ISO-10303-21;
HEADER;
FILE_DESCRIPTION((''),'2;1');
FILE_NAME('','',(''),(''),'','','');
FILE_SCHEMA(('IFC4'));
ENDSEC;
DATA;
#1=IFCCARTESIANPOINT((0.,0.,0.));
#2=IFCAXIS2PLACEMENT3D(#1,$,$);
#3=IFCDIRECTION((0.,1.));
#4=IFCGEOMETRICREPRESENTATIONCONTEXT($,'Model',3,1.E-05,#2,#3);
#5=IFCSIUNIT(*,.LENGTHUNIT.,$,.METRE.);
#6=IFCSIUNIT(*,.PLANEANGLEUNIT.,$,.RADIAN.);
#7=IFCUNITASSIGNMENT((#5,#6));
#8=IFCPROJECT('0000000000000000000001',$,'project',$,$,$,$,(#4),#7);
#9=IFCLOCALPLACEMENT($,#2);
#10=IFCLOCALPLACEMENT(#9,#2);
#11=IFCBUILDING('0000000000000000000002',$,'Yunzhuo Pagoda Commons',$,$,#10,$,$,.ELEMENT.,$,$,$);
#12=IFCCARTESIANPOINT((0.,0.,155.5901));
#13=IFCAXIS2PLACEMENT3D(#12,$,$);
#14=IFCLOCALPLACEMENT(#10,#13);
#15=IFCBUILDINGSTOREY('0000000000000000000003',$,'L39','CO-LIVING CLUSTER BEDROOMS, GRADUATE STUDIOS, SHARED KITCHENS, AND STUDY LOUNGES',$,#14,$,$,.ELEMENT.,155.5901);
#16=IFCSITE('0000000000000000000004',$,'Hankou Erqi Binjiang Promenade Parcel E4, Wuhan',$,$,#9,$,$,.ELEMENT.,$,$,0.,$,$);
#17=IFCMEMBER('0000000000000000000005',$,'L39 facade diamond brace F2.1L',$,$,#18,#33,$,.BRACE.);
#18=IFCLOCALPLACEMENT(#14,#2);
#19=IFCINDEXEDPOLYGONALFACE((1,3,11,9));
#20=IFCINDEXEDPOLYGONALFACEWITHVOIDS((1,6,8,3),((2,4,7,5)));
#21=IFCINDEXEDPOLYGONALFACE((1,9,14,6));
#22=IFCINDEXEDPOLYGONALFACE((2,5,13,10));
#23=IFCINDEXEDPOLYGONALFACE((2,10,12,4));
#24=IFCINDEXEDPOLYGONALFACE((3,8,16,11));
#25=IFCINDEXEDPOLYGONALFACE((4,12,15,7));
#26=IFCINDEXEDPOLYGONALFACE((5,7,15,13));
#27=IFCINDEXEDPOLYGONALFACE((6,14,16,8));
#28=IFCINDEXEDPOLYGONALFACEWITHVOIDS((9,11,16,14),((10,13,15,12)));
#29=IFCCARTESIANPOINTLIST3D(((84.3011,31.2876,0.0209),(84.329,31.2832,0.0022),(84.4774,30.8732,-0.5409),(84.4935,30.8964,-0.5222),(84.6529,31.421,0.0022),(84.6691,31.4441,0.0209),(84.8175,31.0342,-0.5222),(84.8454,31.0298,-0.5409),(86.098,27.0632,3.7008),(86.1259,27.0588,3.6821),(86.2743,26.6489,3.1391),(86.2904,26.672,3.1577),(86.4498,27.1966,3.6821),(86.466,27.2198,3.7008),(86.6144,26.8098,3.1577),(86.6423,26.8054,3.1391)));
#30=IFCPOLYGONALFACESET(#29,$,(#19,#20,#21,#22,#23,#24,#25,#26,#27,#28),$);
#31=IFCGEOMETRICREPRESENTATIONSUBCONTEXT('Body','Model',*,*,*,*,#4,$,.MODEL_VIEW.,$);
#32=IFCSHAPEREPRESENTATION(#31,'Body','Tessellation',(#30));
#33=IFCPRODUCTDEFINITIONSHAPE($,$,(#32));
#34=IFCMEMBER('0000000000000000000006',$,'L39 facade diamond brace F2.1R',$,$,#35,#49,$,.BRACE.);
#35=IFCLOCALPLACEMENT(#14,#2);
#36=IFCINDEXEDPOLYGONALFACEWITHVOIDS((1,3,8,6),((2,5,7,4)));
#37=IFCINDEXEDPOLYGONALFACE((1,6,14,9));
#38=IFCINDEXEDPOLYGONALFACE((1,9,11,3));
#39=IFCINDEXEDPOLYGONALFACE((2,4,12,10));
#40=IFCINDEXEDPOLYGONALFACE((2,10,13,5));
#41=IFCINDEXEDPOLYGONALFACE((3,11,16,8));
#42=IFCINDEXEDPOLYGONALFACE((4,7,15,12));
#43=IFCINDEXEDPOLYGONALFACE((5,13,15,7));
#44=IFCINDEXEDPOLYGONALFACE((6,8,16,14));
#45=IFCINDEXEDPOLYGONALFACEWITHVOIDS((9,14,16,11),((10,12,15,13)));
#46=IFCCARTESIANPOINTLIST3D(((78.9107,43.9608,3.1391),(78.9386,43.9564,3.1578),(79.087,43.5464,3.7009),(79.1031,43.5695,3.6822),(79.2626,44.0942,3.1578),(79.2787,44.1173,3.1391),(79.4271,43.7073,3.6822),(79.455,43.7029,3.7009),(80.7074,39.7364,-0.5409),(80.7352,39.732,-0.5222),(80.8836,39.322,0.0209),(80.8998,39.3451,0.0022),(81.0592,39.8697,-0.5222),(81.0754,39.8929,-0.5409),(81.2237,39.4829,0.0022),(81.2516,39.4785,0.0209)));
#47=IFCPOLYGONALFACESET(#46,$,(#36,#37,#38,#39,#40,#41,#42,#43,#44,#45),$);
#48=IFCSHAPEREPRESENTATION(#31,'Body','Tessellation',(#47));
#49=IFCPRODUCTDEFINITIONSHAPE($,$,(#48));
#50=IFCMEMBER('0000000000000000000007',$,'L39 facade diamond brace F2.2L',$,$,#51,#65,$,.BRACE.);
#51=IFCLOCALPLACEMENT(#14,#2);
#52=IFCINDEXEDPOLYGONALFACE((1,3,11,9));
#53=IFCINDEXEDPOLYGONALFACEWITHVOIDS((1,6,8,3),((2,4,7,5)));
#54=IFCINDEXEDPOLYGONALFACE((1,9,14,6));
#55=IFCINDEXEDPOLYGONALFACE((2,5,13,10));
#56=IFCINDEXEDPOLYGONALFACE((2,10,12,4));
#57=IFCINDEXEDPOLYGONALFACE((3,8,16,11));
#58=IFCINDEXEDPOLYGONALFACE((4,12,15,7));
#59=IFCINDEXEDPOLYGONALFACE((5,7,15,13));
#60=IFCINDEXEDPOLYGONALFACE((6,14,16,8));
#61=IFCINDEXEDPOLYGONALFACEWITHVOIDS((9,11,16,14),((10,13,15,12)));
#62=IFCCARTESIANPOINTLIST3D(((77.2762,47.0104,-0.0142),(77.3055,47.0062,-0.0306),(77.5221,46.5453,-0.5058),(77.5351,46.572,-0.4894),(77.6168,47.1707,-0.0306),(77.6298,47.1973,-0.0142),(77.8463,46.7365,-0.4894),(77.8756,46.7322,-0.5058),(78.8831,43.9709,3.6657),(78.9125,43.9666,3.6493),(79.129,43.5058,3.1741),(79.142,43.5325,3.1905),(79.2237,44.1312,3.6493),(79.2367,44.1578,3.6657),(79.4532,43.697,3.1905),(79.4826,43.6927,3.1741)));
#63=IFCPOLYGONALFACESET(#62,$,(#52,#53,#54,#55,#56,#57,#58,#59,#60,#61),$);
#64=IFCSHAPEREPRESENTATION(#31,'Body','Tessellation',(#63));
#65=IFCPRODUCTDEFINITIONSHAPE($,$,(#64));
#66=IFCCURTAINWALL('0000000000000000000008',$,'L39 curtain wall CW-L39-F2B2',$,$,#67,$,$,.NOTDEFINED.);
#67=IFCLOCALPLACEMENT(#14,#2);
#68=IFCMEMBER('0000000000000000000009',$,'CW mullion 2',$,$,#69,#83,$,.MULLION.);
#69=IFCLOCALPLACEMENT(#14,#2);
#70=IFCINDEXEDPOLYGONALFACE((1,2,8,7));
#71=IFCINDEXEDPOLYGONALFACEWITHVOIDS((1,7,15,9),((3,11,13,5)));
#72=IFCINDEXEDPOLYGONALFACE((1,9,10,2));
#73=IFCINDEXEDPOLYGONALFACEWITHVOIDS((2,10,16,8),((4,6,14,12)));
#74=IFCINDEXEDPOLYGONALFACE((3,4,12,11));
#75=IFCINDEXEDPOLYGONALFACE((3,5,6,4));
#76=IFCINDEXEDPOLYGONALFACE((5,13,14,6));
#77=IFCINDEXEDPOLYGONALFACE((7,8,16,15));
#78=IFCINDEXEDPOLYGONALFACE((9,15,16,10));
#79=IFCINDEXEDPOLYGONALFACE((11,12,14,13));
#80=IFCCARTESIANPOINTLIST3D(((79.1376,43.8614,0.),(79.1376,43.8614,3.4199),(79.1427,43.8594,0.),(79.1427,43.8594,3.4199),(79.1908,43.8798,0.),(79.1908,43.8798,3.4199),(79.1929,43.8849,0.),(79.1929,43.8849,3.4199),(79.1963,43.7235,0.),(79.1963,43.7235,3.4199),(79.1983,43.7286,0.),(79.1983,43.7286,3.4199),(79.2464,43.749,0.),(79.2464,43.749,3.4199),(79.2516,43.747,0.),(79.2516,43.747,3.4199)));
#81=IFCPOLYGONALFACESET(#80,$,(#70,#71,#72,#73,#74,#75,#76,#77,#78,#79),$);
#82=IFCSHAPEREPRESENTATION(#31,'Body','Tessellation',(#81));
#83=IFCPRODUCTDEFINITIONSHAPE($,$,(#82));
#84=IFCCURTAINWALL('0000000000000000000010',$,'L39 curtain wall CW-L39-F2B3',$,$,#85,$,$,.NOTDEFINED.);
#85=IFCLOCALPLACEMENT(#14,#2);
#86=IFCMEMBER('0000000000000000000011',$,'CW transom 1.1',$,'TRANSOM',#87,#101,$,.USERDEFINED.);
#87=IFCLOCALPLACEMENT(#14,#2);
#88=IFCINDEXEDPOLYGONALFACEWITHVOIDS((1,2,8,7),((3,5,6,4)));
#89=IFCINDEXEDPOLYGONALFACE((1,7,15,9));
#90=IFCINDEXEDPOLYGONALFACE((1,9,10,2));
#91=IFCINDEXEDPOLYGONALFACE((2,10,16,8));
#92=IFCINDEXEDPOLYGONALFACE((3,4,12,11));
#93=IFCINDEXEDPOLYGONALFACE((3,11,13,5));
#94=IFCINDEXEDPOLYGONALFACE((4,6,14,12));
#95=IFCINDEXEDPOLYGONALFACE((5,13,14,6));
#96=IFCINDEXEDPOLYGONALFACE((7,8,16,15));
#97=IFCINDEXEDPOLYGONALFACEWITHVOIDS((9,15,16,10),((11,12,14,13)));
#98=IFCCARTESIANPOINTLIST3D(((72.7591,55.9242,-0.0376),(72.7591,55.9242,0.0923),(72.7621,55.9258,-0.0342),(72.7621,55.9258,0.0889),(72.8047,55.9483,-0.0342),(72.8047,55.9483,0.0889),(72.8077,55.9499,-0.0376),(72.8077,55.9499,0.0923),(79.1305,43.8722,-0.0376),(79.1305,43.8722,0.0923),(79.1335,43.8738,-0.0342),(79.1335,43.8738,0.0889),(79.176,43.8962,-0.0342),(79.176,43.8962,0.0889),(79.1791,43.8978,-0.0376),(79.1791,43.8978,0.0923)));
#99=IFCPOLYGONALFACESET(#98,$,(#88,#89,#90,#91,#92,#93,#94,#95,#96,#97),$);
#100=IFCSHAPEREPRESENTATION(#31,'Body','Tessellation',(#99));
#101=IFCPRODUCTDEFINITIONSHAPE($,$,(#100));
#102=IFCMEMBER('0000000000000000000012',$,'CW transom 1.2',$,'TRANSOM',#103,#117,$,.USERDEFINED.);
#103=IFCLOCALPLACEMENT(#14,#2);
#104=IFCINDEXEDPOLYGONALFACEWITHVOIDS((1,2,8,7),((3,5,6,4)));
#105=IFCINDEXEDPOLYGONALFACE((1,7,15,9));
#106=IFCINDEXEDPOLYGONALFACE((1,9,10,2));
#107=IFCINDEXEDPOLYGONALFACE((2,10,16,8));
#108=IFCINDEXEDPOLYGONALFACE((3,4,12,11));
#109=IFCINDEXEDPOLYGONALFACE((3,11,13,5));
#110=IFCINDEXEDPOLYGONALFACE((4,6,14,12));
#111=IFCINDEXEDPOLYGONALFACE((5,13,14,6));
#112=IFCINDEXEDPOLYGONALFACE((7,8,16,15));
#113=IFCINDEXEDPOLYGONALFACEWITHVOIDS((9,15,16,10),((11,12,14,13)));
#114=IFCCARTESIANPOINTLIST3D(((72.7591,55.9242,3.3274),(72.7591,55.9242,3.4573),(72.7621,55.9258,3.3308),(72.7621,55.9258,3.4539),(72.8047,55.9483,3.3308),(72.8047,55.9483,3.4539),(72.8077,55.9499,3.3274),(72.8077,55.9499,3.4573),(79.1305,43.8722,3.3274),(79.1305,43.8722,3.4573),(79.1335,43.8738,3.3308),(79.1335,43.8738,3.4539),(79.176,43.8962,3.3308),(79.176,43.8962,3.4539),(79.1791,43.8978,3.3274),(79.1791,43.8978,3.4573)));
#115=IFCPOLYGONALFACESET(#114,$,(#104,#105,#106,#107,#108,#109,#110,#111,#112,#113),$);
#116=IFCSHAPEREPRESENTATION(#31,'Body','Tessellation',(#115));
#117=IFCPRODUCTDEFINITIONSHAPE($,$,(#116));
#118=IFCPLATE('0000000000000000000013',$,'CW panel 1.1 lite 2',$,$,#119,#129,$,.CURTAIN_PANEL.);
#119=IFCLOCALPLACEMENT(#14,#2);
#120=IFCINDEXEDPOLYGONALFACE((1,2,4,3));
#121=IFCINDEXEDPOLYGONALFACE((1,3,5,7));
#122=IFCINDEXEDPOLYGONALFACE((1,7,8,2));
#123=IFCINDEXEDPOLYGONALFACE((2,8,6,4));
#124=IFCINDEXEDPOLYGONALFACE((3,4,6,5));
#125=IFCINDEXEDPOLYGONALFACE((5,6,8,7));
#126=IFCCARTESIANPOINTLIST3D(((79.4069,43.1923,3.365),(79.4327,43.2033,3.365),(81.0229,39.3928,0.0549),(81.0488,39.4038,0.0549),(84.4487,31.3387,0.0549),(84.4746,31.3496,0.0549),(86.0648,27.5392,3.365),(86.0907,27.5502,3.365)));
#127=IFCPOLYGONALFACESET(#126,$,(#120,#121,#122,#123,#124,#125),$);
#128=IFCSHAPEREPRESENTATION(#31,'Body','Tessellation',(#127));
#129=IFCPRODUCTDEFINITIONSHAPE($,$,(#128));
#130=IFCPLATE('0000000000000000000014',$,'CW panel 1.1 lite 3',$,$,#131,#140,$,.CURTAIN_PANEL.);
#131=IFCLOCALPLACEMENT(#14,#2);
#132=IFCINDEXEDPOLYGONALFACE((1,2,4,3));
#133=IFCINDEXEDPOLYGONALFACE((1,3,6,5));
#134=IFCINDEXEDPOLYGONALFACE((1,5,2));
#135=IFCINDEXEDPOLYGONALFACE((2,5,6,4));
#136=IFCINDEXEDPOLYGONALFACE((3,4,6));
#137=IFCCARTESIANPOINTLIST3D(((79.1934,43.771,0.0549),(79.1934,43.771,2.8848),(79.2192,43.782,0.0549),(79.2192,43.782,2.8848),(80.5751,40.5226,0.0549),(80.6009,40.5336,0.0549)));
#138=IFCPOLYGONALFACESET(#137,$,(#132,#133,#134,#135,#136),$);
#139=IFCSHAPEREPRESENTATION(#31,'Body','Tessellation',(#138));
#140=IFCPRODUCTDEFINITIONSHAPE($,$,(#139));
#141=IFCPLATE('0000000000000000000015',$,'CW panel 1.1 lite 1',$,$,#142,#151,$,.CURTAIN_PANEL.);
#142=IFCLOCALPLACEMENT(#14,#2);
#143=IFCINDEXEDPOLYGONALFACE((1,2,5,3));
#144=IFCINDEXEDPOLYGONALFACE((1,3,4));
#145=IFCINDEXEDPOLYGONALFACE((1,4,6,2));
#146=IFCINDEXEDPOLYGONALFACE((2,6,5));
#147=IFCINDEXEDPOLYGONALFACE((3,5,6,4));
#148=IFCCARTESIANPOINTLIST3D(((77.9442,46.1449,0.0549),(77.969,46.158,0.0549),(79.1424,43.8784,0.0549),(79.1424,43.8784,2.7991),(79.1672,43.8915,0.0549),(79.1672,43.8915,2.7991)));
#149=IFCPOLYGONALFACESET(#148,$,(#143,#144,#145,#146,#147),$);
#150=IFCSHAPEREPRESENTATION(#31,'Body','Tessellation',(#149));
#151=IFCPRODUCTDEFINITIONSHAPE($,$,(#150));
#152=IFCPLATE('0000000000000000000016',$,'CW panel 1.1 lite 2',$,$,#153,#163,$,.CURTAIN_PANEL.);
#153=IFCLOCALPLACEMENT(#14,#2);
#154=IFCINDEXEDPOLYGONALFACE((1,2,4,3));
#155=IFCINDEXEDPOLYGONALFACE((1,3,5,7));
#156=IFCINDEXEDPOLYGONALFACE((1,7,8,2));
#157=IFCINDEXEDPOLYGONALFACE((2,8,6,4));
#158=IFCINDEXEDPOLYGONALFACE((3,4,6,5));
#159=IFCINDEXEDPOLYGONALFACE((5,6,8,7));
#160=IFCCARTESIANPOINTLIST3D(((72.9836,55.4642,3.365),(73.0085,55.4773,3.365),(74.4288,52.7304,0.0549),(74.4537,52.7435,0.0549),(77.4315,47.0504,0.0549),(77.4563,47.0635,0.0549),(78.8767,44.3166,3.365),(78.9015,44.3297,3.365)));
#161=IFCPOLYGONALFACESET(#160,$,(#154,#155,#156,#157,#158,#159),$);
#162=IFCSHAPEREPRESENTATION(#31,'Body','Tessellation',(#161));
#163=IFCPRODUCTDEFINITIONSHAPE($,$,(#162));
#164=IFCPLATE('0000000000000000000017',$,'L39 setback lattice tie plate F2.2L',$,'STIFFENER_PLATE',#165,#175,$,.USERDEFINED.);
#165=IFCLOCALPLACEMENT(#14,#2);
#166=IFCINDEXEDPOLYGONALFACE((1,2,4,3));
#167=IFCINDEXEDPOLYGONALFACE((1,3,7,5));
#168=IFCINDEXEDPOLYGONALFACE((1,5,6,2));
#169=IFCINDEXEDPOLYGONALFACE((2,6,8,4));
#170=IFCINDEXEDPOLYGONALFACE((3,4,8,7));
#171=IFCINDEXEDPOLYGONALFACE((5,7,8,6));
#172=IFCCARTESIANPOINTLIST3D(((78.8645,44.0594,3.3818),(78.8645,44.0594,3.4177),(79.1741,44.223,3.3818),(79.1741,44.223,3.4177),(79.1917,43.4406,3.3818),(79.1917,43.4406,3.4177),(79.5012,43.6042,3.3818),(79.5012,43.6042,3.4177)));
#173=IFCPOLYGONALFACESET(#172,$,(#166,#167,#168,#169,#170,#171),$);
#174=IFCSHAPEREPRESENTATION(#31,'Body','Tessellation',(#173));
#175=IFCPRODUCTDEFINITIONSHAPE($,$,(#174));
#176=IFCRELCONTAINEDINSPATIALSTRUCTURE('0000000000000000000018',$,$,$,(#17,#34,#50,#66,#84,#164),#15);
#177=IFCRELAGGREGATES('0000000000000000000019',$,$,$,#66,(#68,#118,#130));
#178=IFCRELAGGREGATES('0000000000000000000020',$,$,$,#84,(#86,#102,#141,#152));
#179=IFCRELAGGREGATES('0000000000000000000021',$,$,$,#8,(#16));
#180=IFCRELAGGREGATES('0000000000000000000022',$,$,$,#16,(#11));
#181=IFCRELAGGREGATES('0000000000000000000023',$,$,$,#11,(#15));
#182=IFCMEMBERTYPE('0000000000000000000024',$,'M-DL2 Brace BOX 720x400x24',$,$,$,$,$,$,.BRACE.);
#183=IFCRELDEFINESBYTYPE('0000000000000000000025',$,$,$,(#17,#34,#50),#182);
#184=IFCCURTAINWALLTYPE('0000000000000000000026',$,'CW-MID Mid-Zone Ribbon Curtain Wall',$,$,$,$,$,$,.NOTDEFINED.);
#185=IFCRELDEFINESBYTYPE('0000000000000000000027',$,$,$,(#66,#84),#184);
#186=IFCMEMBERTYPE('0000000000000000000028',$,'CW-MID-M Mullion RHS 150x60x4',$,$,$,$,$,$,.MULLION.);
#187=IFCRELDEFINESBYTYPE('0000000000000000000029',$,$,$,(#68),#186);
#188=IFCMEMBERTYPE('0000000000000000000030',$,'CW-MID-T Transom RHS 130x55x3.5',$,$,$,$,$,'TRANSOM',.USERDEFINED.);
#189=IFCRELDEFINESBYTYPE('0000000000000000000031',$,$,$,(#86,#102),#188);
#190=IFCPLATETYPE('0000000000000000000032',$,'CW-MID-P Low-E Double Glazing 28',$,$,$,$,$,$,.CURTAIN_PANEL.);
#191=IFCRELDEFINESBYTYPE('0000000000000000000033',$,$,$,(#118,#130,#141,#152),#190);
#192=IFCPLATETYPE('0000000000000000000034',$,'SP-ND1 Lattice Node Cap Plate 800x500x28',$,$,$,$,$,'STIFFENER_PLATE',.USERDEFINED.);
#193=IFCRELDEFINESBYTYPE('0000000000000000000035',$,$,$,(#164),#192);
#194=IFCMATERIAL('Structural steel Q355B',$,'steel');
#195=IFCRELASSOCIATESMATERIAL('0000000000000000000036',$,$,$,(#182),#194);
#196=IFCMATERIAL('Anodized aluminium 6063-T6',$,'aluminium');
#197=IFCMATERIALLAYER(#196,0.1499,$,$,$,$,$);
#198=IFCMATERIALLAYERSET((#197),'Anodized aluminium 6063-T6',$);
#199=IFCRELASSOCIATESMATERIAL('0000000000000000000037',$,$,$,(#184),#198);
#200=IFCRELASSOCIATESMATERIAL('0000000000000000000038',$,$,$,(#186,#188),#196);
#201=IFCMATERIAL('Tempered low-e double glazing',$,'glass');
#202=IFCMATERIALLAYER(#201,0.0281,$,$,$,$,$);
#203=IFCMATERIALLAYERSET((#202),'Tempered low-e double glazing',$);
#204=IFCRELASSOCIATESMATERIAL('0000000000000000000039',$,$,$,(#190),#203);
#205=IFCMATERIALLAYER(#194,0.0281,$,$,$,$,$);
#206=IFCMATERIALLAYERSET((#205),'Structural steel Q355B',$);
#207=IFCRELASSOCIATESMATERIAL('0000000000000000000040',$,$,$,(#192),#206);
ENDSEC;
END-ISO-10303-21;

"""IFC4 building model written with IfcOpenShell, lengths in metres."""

from ifc_helpers import new_model, si_unit, direction, frame, origin, origin_2d, place, context, subcontext, project, spatial, polyline, rectangle, hollow_rectangle, outline, extrude, source, transform, mapped, material, layer, layer_set, material_profile, profile_set, type_object, element, aggregate, save


model = new_model("IFC4")

# Units and contexts
model_context = context("Model", 3, precision=1e-05, world=origin(), true_north=direction((0.0, 1.0)))
body_context = subcontext(model_context, "Body", "Model", "MODEL_VIEW")
ifc_project = project(units=[si_unit("LENGTHUNIT", "METRE"), si_unit("PLANEANGLEUNIT", "RADIAN")], contexts=[model_context])

# Site, building, storey
site_placement = place(None, origin())
site = spatial("IfcSite", under=ifc_project, at=site_placement, Name="Hankou Erqi Binjiang Promenade Parcel E4, Wuhan", CompositionType="ELEMENT", RefElevation=0.0)
building_placement = place(site_placement, origin())
building = spatial("IfcBuilding", under=site, at=building_placement, Name="Yunzhuo Pagoda Commons", CompositionType="ELEMENT")
storey_placement = place(building_placement, frame((0.0, 0.0, 155.5901)))
storey = spatial("IfcBuildingStorey", under=building, at=storey_placement, Name="L39", Description="CO-LIVING CLUSTER BEDROOMS, GRADUATE STUDIOS, SHARED KITCHENS, AND STUDY LOUNGES", CompositionType="ELEMENT", Elevation=155.5901)

# Shared definitions
ifc_material_1 = material(Name="Structural steel Q355B", Category="steel")

# Members
ifc_material_profile_1 = material_profile(ifc_material_1, hollow_rectangle(XDim=0.3999, YDim=0.72, WallThickness=0.0239, at=origin_2d()), Name="Structural steel Q355B")
ifc_profile_set_1 = profile_set([ifc_material_profile_1], Name="Structural steel Q355B")
member_type_1 = type_object("IfcMemberType", Name="M-DL2 Brace BOX 720x400x24", PredefinedType="BRACE", material=ifc_profile_set_1)
shared_shape_1 = source(origin(), body_context, "Body", "SweptSolid", [
    extrude(hollow_rectangle(XDim=0.3999, YDim=0.72, WallThickness=0.0239, at=origin_2d()), origin(), (0.0, 0.0, 1.0), 5.8835),
])
for number, where, z_axis, x_axis, name in (
    (1, (84.5732, 31.1587, -0.26), (0.305408, -0.717998, 0.625463), (0.920212, 0.391421, 0.0), "L39 facade diamond brace F2.1L"),
    (2, (80.9795, 39.6074, -0.26), (-0.30537, 0.718008, 0.625471), (-0.920231, -0.391376, 0.0), "L39 facade diamond brace F2.1R"),
):
    element("IfcMember", number, at=place(storey_placement, frame(where, z_axis=z_axis, x_axis=x_axis)), inside=storey, type_object=member_type_1, Name=name, PredefinedType="BRACE", context=body_context, shape_type="MappedRepresentation", body=[
        mapped(shared_shape_1, transform((0.0, 0.0, 0.0), scale=1.0)),
    ])
shared_shape_2 = source(origin(), body_context, "Body", "SweptSolid", [
    extrude(hollow_rectangle(XDim=0.3999, YDim=0.72, WallThickness=0.0239, at=origin_2d()), origin(), (0.0, 0.0, 1.0), 5.0361),
])
member_1_placement = place(storey_placement, frame((77.5759, 46.8713, -0.26), z_axis=(0.319079, -0.603544, 0.730701), x_axis=(0.884057, 0.467379, 0.0)))
element("IfcMember", 3, at=member_1_placement, inside=storey, type_object=member_type_1, Name="L39 facade diamond brace F2.2L", PredefinedType="BRACE", context=body_context, shape_type="MappedRepresentation", body=[
    mapped(shared_shape_2, transform((0.0, 0.0, 0.0), scale=1.0)),
])

# Curtain wall, member
ifc_material_2 = material(Name="Anodized aluminium 6063-T6", Category="aluminium")
ifc_layer_1 = layer(ifc_material_2, 0.1499)
ifc_layer_set_1 = layer_set([ifc_layer_1], Name="Anodized aluminium 6063-T6")
curtain_wall_type = type_object("IfcCurtainWallType", Name="CW-MID Mid-Zone Ribbon Curtain Wall", PredefinedType="NOTDEFINED", material=ifc_layer_set_1)
curtain_wall_1_placement = place(storey_placement, origin())
curtain_wall_1 = element("IfcCurtainWall", 4, at=curtain_wall_1_placement, inside=storey, type_object=curtain_wall_type, Name="L39 curtain wall CW-L39-F2B2", PredefinedType="NOTDEFINED")
ifc_material_profile_2 = material_profile(ifc_material_2, hollow_rectangle(XDim=0.0601, YDim=0.1499, WallThickness=0.0039, at=origin_2d()), Name="Anodized aluminium 6063-T6")
ifc_profile_set_2 = profile_set([ifc_material_profile_2], Name="Anodized aluminium 6063-T6")
member_type_2 = type_object("IfcMemberType", Name="CW-MID-M Mullion RHS 150x60x4", PredefinedType="MULLION", material=ifc_profile_set_2)
shared_shape_3 = source(origin(), body_context, "Body", "SweptSolid", [
    extrude(hollow_rectangle(XDim=0.0601, YDim=0.1499, WallThickness=0.0039, at=origin_2d()), origin(), (0.0, 0.0, 1.0), 3.4199),
])
member_2_placement = place(storey_placement, frame((79.1946, 43.8042, 0.0), z_axis=(0.0, 0.0, 1.0), x_axis=(-0.920217, -0.391409, 0.0)))
member_2 = element("IfcMember", 5, at=member_2_placement, type_object=member_type_2, Name="CW mullion 2", PredefinedType="MULLION", context=body_context, shape_type="MappedRepresentation", body=[
    mapped(shared_shape_3, transform((0.0, 0.0, 0.0), scale=1.0)),
])

# Curtain wall, members
curtain_wall_2_placement = place(storey_placement, origin())
curtain_wall_2 = element("IfcCurtainWall", 6, at=curtain_wall_2_placement, inside=storey, type_object=curtain_wall_type, Name="L39 curtain wall CW-L39-F2B3", PredefinedType="NOTDEFINED")
ifc_material_profile_3 = material_profile(ifc_material_2, hollow_rectangle(XDim=0.0549, YDim=0.1299, WallThickness=0.0034, at=origin_2d()), Name="Anodized aluminium 6063-T6")
ifc_profile_set_3 = profile_set([ifc_material_profile_3], Name="Anodized aluminium 6063-T6")
member_type_3 = type_object("IfcMemberType", Name="CW-MID-T Transom RHS 130x55x3.5", ElementType="TRANSOM", PredefinedType="USERDEFINED", material=ifc_profile_set_3)
shared_shape_4 = source(origin(), body_context, "Body", "SweptSolid", [
    extrude(hollow_rectangle(XDim=0.0549, YDim=0.1299, WallThickness=0.0034, at=origin_2d()), origin(), (0.0, 0.0, 1.0), 13.6326),
])
member_3_placement = place(storey_placement, frame((79.1548, 43.885, 0.0273), z_axis=(-0.467364, 0.884065, 0.0), x_axis=(-0.884065, -0.467364, 0.0)))
member_3 = element("IfcMember", 7, at=member_3_placement, type_object=member_type_3, Name="CW transom 1.1", ObjectType="TRANSOM", PredefinedType="USERDEFINED", context=body_context, shape_type="MappedRepresentation", body=[
    mapped(shared_shape_4, transform((0.0, 0.0, 0.0), scale=1.0)),
])
member_4_placement = place(storey_placement, frame((79.1548, 43.885, 3.3923), z_axis=(-0.467364, 0.884065, 0.0), x_axis=(-0.884065, -0.467364, 0.0)))
member_4 = element("IfcMember", 8, at=member_4_placement, type_object=member_type_3, Name="CW transom 1.2", ObjectType="TRANSOM", PredefinedType="USERDEFINED", context=body_context, shape_type="MappedRepresentation", body=[
    mapped(shared_shape_4, transform((0.0, 0.0, 0.0), scale=1.0)),
])

# Plates
ifc_material_3 = material(Name="Tempered low-e double glazing", Category="glass")
ifc_layer_2 = layer(ifc_material_3, 0.0281)
ifc_layer_set_2 = layer_set([ifc_layer_2], Name="Tempered low-e double glazing")
plate_type_1 = type_object("IfcPlateType", Name="CW-MID-P Low-E Double Glazing 28", PredefinedType="CURTAIN_PANEL", material=ifc_layer_set_2)
plate_1_placement = place(storey_placement, frame((82.7358, 35.3657, 1.71), z_axis=(0.920217, 0.391409, 0.0), x_axis=(-0.391409, 0.920217, 0.0)))
plate_1 = element("IfcPlate", 9, at=plate_1_placement, type_object=plate_type_1, Name="CW panel 1.1 lite 2", PredefinedType="CURTAIN_PANEL", context=body_context, shape_type="SweptSolid", body=[
    extrude(outline(polyline([(-8.5051, 1.655), (-4.3762, -1.655), (4.3762, -1.655), (8.5051, 1.655), (-8.5051, 1.655)])), origin(), (0.0, 0.0, 1.0), 0.0281),
])
plate_2_placement = place(storey_placement, frame((79.8843, 42.1467, 1.47), z_axis=(0.920217, 0.391409, 0.0), x_axis=(-0.391409, 0.920217, 0.0)))
plate_2 = element("IfcPlate", 10, at=plate_2_placement, type_object=plate_type_1, Name="CW panel 1.1 lite 3", PredefinedType="CURTAIN_PANEL", context=body_context, shape_type="SweptSolid", body=[
    extrude(outline(polyline([(-1.7649, -1.415), (1.7651, -1.415), (1.7651, 1.4148), (-1.7649, -1.415)])), origin(), (0.0, 0.0, 1.0), 0.0281),
])
aggregate(curtain_wall_1, [member_2, plate_1, plate_2])
plate_3_placement = place(storey_placement, frame((78.5432, 45.0117, 1.427), z_axis=(0.884069, 0.467357, 0.0), x_axis=(-0.467357, 0.884069, 0.0)))
plate_3 = element("IfcPlate", 11, at=plate_3_placement, type_object=plate_type_1, Name="CW panel 1.1 lite 1", PredefinedType="CURTAIN_PANEL", context=body_context, shape_type="SweptSolid", body=[
    extrude(outline(polyline([(-1.282, -1.3721), (1.2817, -1.3721), (-1.282, 1.3721), (-1.282, -1.3721)])), origin(), (0.0, 0.0, 1.0), 0.0281),
])
plate_4_placement = place(storey_placement, frame((75.9302, 49.8904, 1.71), z_axis=(0.884069, 0.467357, 0.0), x_axis=(-0.467357, 0.884069, 0.0)))
plate_4 = element("IfcPlate", 12, at=plate_4_placement, type_object=plate_type_1, Name="CW panel 1.1 lite 2", PredefinedType="CURTAIN_PANEL", context=body_context, shape_type="SweptSolid", body=[
    extrude(outline(polyline([(-6.3047, 1.655), (-3.2124, -1.655), (3.2124, -1.655), (6.3047, 1.655), (-6.3047, 1.655)])), origin(), (0.0, 0.0, 1.0), 0.0281),
])
aggregate(curtain_wall_2, [member_3, member_4, plate_3, plate_4])
ifc_layer_3 = layer(ifc_material_1, 0.0281)
ifc_layer_set_3 = layer_set([ifc_layer_3], Name="Structural steel Q355B")
plate_type_2 = type_object("IfcPlateType", Name="SP-ND1 Lattice Node Cap Plate 800x500x28", ElementType="STIFFENER_PLATE", PredefinedType="USERDEFINED", material=ifc_layer_set_3)
shared_shape_5 = source(origin(), body_context, "Body", "SweptSolid", [
    extrude(rectangle(XDim=0.7, YDim=0.3501, at=origin_2d()), origin(), (0.0, 0.0, 1.0), 0.0359),
])
plate_5_placement = place(storey_placement, frame((79.1829, 43.8318, 3.3818), z_axis=(0.0, 0.0, 1.0), x_axis=(-0.467359, 0.884068, 0.0)))
element("IfcPlate", 13, at=plate_5_placement, inside=storey, type_object=plate_type_2, Name="L39 setback lattice tie plate F2.2L", ObjectType="STIFFENER_PLATE", PredefinedType="USERDEFINED", context=body_context, shape_type="MappedRepresentation", body=[
    mapped(shared_shape_5, transform((0.0, 0.0, 0.0), scale=1.0)),
])

save(model, "model.ifc")
